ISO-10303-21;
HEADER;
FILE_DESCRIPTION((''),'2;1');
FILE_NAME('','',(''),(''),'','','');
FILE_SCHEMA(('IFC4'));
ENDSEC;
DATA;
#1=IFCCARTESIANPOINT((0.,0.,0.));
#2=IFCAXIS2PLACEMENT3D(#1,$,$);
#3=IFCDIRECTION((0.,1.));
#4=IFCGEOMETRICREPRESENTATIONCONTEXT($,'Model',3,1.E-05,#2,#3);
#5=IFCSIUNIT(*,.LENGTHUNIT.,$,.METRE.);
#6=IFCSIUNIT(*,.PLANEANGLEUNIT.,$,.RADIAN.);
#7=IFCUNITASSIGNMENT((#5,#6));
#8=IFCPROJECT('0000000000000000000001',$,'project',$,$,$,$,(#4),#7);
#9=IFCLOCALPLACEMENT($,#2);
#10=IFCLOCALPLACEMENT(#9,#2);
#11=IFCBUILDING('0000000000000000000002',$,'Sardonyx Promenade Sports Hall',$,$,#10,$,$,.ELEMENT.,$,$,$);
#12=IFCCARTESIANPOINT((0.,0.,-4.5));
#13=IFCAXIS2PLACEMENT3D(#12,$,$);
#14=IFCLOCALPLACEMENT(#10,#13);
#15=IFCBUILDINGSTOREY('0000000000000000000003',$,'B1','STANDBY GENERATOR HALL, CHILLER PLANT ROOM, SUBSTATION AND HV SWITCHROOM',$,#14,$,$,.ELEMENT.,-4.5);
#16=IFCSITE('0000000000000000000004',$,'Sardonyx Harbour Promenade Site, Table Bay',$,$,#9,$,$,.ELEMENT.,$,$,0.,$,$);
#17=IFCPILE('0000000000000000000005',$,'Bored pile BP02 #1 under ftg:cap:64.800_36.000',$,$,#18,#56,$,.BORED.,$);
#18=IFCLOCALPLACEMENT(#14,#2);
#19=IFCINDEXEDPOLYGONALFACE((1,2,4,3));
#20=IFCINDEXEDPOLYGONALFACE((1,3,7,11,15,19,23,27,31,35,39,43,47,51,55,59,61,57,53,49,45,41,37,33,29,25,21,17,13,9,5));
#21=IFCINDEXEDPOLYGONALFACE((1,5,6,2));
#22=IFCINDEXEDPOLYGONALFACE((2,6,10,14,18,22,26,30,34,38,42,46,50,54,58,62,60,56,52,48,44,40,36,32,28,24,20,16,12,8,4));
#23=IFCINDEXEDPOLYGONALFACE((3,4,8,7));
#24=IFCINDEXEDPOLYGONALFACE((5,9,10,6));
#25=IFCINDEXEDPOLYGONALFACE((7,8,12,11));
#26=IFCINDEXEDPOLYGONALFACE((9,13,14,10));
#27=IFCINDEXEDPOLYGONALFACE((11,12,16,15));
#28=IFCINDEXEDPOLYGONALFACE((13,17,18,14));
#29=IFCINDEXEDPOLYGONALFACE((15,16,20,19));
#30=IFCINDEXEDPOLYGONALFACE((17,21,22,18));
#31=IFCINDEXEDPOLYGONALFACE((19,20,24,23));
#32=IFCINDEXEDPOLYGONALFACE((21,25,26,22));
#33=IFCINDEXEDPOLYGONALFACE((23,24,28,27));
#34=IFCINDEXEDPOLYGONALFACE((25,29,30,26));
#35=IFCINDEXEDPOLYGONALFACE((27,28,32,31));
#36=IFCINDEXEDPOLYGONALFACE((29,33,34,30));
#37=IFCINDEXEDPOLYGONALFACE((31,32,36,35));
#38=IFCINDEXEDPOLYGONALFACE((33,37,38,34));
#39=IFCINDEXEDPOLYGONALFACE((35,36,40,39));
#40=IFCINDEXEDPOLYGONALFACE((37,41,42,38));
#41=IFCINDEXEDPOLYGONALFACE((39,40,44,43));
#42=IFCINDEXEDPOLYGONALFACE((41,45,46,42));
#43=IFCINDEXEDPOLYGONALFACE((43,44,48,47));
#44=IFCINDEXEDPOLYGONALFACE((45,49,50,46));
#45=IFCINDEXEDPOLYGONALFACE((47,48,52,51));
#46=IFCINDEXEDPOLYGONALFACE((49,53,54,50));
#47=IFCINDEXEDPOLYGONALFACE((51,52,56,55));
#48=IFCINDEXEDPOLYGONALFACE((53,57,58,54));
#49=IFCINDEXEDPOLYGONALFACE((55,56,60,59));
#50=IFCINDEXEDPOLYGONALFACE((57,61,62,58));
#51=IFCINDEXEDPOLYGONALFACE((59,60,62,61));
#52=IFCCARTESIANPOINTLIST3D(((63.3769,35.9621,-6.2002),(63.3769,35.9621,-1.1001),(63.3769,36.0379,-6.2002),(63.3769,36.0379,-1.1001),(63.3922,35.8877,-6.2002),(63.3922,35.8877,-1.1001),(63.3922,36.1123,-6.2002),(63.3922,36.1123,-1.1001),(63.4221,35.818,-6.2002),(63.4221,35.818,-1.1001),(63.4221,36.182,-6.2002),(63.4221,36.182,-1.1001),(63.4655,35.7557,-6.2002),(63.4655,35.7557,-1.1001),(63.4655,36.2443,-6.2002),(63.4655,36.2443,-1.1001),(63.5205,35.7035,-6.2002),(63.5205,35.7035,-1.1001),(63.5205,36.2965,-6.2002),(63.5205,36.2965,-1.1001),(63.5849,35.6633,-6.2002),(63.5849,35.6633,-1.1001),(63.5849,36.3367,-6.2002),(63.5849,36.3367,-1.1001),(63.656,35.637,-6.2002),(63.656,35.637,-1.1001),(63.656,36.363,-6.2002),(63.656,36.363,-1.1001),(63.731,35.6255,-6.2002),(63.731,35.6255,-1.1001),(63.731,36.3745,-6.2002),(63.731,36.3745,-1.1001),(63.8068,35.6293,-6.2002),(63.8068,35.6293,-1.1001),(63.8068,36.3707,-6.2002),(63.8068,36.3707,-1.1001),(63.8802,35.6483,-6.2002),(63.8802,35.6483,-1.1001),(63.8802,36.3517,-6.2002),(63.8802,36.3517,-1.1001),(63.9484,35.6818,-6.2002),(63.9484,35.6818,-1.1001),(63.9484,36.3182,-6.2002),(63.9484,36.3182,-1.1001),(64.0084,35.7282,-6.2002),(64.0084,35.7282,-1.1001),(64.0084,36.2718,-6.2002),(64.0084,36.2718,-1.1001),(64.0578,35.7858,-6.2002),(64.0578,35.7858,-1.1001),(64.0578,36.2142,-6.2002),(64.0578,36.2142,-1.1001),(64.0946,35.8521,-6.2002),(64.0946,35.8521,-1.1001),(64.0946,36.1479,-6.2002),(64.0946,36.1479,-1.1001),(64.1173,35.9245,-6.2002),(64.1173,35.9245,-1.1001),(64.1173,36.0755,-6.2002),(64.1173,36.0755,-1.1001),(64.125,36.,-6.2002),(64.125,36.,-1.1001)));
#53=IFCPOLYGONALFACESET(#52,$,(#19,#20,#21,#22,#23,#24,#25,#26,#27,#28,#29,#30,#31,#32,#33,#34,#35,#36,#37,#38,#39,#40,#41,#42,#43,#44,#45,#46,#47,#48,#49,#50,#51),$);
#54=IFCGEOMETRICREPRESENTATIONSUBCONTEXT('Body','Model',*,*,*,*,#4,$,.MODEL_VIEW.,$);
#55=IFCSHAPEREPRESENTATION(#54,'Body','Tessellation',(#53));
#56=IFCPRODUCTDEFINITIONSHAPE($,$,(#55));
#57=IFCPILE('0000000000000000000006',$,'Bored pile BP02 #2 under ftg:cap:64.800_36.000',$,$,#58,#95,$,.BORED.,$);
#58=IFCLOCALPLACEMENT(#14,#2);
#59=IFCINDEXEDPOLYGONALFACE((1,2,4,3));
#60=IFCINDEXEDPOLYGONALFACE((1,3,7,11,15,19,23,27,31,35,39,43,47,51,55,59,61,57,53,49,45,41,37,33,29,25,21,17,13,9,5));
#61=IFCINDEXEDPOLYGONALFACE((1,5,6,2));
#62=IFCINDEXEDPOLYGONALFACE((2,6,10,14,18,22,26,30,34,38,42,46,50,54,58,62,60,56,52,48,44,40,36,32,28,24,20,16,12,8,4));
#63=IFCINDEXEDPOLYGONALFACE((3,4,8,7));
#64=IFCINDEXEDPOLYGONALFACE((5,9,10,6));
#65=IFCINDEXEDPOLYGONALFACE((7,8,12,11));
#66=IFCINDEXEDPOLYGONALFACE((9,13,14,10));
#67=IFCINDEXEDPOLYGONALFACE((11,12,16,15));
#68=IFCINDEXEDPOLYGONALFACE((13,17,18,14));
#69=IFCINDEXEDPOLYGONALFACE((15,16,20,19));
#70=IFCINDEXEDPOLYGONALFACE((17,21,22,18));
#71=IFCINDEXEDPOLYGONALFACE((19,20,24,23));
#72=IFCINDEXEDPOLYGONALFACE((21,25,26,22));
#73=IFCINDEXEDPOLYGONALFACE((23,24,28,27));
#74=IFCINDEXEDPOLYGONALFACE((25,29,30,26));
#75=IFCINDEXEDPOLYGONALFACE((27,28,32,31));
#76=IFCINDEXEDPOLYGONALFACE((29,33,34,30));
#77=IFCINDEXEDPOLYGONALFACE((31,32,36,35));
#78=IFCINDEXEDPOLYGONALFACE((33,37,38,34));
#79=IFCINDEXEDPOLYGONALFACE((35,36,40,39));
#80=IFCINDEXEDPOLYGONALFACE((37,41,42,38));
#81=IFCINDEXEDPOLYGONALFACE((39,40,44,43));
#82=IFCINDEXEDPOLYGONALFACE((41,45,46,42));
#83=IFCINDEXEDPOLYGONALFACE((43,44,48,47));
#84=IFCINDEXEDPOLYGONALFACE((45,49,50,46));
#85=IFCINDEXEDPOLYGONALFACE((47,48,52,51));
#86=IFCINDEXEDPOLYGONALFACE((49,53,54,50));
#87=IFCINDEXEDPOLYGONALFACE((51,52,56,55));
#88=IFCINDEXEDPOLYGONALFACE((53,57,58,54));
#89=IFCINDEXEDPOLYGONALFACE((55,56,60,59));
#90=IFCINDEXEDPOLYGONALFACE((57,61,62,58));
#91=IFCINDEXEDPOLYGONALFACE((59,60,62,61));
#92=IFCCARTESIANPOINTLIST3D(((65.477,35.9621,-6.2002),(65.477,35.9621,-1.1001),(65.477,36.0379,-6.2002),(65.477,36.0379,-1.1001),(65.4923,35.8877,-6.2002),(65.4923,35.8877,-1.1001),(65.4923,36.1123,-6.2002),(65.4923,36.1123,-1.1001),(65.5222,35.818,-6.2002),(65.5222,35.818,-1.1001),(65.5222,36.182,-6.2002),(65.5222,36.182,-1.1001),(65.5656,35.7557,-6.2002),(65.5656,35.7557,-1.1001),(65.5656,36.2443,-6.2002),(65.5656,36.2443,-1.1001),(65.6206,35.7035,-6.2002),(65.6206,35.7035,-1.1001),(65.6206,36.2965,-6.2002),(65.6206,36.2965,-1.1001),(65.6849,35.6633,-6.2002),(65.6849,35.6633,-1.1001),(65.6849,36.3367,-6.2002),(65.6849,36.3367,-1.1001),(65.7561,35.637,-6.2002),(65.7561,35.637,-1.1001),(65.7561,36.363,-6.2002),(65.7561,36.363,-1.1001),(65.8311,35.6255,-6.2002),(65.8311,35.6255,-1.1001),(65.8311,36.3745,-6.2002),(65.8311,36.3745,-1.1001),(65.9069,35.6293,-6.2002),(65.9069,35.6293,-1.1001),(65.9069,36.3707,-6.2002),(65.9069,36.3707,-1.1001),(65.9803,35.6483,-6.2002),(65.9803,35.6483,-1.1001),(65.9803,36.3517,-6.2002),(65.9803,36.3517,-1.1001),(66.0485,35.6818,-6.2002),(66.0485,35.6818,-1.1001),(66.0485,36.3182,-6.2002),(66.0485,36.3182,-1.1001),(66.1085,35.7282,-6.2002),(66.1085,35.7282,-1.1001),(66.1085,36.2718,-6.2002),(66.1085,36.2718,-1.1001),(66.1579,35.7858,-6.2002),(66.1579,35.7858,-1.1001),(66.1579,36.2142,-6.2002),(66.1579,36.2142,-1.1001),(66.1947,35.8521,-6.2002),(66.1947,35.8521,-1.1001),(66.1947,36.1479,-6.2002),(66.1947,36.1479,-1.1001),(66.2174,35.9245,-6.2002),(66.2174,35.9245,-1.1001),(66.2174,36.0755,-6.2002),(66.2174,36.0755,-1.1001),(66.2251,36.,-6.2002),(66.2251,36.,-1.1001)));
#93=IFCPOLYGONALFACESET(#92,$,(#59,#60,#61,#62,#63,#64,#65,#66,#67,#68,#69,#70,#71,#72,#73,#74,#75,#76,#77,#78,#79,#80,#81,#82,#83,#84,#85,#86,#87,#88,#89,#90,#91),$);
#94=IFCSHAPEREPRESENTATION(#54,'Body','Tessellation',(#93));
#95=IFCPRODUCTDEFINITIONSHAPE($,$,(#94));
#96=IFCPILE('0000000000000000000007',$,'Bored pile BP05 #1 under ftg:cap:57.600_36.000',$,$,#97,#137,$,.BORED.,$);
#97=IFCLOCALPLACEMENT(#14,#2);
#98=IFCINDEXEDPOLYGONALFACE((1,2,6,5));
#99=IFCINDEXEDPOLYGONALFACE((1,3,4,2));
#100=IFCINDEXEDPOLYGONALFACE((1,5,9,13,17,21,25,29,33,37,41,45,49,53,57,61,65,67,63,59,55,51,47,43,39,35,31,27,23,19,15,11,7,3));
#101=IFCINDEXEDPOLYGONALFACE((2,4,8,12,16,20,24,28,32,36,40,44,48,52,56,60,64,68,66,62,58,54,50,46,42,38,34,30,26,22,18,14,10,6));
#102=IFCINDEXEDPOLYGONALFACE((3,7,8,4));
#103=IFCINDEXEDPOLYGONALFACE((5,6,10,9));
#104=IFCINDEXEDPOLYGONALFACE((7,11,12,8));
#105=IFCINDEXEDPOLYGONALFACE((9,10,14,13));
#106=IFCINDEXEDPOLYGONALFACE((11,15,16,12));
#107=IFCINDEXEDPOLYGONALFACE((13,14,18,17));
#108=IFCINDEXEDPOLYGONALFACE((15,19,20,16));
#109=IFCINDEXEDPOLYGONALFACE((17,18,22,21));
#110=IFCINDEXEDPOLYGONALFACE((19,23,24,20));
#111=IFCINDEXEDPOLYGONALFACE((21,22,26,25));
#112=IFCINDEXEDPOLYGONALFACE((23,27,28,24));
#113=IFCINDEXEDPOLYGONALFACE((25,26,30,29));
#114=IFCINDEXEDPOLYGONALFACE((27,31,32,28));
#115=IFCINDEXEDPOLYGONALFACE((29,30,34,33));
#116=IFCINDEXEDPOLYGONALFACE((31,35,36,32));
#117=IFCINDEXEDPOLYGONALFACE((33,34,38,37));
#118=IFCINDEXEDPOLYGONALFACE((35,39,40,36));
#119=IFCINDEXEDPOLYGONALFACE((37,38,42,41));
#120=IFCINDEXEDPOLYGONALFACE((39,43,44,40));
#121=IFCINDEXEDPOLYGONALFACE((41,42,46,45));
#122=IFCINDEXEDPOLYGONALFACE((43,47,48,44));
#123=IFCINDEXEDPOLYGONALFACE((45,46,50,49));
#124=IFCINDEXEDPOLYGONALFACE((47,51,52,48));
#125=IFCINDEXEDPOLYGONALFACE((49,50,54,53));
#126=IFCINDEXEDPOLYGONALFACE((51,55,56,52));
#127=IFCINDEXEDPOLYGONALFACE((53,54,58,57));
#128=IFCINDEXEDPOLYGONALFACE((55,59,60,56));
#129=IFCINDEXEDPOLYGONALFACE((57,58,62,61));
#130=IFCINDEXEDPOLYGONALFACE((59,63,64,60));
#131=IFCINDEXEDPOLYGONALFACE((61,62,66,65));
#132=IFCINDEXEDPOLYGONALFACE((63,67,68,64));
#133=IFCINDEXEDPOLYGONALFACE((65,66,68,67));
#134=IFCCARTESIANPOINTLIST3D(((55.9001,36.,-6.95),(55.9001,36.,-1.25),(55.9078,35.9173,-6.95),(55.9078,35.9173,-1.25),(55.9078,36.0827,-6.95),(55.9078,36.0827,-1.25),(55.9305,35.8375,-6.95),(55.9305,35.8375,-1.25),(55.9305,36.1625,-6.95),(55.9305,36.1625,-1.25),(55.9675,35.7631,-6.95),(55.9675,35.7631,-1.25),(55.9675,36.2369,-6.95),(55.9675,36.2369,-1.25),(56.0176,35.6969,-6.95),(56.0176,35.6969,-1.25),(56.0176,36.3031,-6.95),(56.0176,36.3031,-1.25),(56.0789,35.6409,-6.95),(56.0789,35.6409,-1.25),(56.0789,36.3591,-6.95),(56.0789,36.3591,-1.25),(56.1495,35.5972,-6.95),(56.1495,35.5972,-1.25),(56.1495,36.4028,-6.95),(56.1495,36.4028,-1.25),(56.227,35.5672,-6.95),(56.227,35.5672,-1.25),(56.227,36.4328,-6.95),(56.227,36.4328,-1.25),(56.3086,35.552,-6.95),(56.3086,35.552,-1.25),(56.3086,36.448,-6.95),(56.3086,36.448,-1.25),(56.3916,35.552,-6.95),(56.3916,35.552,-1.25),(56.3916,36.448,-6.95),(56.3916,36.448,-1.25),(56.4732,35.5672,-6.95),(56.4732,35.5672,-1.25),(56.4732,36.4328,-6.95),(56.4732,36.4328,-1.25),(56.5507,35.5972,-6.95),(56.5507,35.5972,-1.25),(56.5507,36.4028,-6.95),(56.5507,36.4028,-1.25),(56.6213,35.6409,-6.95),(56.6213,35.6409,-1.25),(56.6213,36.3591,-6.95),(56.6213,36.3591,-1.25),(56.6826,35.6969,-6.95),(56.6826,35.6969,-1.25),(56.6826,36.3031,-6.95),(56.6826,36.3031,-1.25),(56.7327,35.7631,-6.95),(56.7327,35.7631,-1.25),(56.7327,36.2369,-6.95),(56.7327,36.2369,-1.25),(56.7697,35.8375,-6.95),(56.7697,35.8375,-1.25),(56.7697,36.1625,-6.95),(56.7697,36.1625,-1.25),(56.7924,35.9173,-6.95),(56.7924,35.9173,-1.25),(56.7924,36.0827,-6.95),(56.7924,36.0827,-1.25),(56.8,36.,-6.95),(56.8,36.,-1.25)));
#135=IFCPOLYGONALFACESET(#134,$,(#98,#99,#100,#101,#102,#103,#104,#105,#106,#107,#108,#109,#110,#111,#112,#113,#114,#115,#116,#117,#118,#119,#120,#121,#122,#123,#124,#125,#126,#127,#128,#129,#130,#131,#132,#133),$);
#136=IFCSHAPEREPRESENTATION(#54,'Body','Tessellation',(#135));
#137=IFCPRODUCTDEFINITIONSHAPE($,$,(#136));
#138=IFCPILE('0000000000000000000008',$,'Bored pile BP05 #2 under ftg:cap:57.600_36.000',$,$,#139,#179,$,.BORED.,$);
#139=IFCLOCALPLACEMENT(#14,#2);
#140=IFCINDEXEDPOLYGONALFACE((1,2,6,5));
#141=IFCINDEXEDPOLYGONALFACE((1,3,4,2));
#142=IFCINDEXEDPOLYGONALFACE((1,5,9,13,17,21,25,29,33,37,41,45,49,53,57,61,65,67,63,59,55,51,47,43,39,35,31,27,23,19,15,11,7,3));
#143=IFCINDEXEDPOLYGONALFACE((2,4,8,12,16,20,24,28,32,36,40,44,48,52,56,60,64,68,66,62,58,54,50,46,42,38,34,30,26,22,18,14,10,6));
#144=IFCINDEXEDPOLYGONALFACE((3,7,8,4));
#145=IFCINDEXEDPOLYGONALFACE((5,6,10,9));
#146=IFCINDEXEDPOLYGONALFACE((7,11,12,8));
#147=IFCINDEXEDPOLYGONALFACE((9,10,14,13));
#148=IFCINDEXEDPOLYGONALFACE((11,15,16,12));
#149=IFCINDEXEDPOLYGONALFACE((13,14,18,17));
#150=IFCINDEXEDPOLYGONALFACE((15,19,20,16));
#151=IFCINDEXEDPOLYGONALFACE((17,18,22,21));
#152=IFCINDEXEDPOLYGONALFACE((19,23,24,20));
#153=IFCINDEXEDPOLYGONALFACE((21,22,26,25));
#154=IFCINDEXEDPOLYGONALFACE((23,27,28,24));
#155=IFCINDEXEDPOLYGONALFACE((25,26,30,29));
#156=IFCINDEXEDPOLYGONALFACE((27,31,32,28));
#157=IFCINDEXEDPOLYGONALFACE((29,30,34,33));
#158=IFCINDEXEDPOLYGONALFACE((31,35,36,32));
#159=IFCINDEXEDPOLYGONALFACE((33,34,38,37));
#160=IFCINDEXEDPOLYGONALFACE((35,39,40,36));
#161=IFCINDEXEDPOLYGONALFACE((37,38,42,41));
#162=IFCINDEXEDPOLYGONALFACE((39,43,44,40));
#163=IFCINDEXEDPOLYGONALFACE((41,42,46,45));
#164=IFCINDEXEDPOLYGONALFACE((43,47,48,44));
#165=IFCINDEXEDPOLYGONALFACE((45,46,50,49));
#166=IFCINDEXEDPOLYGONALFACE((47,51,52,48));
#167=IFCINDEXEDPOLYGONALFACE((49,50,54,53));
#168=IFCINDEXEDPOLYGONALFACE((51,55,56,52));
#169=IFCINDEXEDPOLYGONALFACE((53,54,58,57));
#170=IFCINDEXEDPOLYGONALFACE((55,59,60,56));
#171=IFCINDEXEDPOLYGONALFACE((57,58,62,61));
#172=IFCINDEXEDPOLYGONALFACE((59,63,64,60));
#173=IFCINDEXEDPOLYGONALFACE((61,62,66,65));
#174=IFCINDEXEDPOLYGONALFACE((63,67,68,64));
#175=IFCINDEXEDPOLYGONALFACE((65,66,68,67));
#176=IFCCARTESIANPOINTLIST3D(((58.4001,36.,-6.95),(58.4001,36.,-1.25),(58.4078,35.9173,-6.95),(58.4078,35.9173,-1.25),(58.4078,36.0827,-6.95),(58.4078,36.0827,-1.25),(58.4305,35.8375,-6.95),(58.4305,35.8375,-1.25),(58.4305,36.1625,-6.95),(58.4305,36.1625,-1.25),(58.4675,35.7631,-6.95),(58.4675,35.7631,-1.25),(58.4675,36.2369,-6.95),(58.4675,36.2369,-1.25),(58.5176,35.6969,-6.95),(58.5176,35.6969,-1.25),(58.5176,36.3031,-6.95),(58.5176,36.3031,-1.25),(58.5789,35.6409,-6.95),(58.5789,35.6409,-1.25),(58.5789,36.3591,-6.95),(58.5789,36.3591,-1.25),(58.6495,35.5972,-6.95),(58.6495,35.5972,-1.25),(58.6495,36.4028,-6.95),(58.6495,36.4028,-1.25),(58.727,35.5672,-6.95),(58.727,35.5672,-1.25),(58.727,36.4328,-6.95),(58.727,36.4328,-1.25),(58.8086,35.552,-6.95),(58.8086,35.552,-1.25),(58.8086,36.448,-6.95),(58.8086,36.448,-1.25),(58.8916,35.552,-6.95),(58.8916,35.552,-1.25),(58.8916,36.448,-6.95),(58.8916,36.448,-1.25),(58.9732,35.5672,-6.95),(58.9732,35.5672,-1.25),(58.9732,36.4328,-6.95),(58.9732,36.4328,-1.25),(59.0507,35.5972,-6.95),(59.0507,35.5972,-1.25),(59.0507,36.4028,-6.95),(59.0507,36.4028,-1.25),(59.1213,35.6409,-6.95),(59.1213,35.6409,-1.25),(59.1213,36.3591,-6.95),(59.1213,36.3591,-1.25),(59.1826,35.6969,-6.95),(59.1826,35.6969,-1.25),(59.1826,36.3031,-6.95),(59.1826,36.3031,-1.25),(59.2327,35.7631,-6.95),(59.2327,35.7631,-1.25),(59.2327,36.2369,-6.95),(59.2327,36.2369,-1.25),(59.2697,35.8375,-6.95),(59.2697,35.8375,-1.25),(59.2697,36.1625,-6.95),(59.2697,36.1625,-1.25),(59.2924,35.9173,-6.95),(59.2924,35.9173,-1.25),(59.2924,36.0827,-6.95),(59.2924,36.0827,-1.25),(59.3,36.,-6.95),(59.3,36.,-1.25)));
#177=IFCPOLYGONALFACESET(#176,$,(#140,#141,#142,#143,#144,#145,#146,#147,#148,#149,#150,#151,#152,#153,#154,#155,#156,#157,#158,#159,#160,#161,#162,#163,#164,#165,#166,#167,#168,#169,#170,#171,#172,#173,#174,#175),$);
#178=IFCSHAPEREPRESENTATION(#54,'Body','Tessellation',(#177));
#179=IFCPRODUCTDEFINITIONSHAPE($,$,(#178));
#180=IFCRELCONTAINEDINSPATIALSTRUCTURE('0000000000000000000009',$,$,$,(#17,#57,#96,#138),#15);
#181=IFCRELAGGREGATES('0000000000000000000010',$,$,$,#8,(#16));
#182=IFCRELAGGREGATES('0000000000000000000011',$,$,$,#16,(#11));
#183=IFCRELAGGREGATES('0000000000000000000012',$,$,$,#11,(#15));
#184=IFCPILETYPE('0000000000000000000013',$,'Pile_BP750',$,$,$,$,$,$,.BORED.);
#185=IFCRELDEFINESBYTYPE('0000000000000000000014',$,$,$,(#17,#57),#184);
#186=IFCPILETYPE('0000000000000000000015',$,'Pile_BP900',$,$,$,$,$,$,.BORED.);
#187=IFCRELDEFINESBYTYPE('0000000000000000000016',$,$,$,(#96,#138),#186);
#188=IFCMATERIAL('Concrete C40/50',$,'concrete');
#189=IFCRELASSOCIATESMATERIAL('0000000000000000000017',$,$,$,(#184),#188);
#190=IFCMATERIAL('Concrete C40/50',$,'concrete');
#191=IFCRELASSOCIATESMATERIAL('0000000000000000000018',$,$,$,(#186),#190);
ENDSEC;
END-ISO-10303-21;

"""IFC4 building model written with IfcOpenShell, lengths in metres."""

from ifc_helpers import new_model, si_unit, direction, frame, origin, origin_2d, place, context, subcontext, project, spatial, circle, extrude, material, material_profile, profile_set, type_object, element, save


model = new_model("IFC4")

# Units and contexts
model_context = context("Model", 3, precision=1e-05, world=origin(), true_north=direction((0.0, 1.0)))
body_context = subcontext(model_context, "Body", "Model", "MODEL_VIEW")
ifc_project = project(units=[si_unit("LENGTHUNIT", "METRE"), si_unit("PLANEANGLEUNIT", "RADIAN")], contexts=[model_context])

# Site, building, storey
site_placement = place(None, origin())
site = spatial("IfcSite", under=ifc_project, at=site_placement, Name="Sardonyx Harbour Promenade Site, Table Bay", CompositionType="ELEMENT", RefElevation=0.0)
building_placement = place(site_placement, origin())
building = spatial("IfcBuilding", under=site, at=building_placement, Name="Sardonyx Promenade Sports Hall", CompositionType="ELEMENT")
storey_placement = place(building_placement, frame((0.0, 0.0, -4.5)))
storey = spatial("IfcBuildingStorey", under=building, at=storey_placement, Name="B1", Description="STANDBY GENERATOR HALL, CHILLER PLANT ROOM, SUBSTATION AND HV SWITCHROOM", CompositionType="ELEMENT", Elevation=-4.5)

# Piles
ifc_material_1 = material(Name="Concrete C40/50", Category="concrete")
ifc_material_profile_1 = material_profile(ifc_material_1, circle(Radius=0.375, at=origin_2d()))
ifc_profile_set_1 = profile_set([ifc_material_profile_1], Name="Concrete C40/50")
pile_type_1 = type_object("IfcPileType", Name="Pile_BP750", PredefinedType="BORED", material=ifc_profile_set_1)
for number, where, z_axis, x_axis, name in (
    (1, (63.75, 36.0, -1.1001), (0.0, 0.0, -1.0), (1.0, 0.0, 0.0), "Bored pile BP02 #1 under ftg:cap:64.800_36.000"),
    (2, (65.8501, 36.0, -1.1001), (0.0, 0.0, -1.0), (1.0, 0.0, 0.0), "Bored pile BP02 #2 under ftg:cap:64.800_36.000"),
):
    element("IfcPile", number, at=place(storey_placement, frame(where, z_axis=z_axis, x_axis=x_axis)), inside=storey, type_object=pile_type_1, Name=name, PredefinedType="BORED", context=body_context, shape_type="SweptSolid", body=[
        extrude(circle(Radius=0.375, at=origin_2d()), origin(), (0.0, 0.0, 1.0), 5.1001),
    ])
ifc_material_2 = material(Name="Concrete C40/50", Category="concrete")
ifc_material_profile_2 = material_profile(ifc_material_2, circle(Radius=0.45, at=origin_2d()))
ifc_profile_set_2 = profile_set([ifc_material_profile_2], Name="Concrete C40/50")
pile_type_2 = type_object("IfcPileType", Name="Pile_BP900", PredefinedType="BORED", material=ifc_profile_set_2)
for number, where, z_axis, x_axis, name in (
    (3, (56.3501, 36.0, -1.25), (0.0, 0.0, -1.0), (1.0, 0.0, 0.0), "Bored pile BP05 #1 under ftg:cap:57.600_36.000"),
    (4, (58.8501, 36.0, -1.25), (0.0, 0.0, -1.0), (1.0, 0.0, 0.0), "Bored pile BP05 #2 under ftg:cap:57.600_36.000"),
):
    element("IfcPile", number, at=place(storey_placement, frame(where, z_axis=z_axis, x_axis=x_axis)), inside=storey, type_object=pile_type_2, Name=name, PredefinedType="BORED", context=body_context, shape_type="SweptSolid", body=[
        extrude(circle(Radius=0.45, at=origin_2d()), origin(), (0.0, 0.0, 1.0), 5.7),
    ])

save(model, "model.ifc")
